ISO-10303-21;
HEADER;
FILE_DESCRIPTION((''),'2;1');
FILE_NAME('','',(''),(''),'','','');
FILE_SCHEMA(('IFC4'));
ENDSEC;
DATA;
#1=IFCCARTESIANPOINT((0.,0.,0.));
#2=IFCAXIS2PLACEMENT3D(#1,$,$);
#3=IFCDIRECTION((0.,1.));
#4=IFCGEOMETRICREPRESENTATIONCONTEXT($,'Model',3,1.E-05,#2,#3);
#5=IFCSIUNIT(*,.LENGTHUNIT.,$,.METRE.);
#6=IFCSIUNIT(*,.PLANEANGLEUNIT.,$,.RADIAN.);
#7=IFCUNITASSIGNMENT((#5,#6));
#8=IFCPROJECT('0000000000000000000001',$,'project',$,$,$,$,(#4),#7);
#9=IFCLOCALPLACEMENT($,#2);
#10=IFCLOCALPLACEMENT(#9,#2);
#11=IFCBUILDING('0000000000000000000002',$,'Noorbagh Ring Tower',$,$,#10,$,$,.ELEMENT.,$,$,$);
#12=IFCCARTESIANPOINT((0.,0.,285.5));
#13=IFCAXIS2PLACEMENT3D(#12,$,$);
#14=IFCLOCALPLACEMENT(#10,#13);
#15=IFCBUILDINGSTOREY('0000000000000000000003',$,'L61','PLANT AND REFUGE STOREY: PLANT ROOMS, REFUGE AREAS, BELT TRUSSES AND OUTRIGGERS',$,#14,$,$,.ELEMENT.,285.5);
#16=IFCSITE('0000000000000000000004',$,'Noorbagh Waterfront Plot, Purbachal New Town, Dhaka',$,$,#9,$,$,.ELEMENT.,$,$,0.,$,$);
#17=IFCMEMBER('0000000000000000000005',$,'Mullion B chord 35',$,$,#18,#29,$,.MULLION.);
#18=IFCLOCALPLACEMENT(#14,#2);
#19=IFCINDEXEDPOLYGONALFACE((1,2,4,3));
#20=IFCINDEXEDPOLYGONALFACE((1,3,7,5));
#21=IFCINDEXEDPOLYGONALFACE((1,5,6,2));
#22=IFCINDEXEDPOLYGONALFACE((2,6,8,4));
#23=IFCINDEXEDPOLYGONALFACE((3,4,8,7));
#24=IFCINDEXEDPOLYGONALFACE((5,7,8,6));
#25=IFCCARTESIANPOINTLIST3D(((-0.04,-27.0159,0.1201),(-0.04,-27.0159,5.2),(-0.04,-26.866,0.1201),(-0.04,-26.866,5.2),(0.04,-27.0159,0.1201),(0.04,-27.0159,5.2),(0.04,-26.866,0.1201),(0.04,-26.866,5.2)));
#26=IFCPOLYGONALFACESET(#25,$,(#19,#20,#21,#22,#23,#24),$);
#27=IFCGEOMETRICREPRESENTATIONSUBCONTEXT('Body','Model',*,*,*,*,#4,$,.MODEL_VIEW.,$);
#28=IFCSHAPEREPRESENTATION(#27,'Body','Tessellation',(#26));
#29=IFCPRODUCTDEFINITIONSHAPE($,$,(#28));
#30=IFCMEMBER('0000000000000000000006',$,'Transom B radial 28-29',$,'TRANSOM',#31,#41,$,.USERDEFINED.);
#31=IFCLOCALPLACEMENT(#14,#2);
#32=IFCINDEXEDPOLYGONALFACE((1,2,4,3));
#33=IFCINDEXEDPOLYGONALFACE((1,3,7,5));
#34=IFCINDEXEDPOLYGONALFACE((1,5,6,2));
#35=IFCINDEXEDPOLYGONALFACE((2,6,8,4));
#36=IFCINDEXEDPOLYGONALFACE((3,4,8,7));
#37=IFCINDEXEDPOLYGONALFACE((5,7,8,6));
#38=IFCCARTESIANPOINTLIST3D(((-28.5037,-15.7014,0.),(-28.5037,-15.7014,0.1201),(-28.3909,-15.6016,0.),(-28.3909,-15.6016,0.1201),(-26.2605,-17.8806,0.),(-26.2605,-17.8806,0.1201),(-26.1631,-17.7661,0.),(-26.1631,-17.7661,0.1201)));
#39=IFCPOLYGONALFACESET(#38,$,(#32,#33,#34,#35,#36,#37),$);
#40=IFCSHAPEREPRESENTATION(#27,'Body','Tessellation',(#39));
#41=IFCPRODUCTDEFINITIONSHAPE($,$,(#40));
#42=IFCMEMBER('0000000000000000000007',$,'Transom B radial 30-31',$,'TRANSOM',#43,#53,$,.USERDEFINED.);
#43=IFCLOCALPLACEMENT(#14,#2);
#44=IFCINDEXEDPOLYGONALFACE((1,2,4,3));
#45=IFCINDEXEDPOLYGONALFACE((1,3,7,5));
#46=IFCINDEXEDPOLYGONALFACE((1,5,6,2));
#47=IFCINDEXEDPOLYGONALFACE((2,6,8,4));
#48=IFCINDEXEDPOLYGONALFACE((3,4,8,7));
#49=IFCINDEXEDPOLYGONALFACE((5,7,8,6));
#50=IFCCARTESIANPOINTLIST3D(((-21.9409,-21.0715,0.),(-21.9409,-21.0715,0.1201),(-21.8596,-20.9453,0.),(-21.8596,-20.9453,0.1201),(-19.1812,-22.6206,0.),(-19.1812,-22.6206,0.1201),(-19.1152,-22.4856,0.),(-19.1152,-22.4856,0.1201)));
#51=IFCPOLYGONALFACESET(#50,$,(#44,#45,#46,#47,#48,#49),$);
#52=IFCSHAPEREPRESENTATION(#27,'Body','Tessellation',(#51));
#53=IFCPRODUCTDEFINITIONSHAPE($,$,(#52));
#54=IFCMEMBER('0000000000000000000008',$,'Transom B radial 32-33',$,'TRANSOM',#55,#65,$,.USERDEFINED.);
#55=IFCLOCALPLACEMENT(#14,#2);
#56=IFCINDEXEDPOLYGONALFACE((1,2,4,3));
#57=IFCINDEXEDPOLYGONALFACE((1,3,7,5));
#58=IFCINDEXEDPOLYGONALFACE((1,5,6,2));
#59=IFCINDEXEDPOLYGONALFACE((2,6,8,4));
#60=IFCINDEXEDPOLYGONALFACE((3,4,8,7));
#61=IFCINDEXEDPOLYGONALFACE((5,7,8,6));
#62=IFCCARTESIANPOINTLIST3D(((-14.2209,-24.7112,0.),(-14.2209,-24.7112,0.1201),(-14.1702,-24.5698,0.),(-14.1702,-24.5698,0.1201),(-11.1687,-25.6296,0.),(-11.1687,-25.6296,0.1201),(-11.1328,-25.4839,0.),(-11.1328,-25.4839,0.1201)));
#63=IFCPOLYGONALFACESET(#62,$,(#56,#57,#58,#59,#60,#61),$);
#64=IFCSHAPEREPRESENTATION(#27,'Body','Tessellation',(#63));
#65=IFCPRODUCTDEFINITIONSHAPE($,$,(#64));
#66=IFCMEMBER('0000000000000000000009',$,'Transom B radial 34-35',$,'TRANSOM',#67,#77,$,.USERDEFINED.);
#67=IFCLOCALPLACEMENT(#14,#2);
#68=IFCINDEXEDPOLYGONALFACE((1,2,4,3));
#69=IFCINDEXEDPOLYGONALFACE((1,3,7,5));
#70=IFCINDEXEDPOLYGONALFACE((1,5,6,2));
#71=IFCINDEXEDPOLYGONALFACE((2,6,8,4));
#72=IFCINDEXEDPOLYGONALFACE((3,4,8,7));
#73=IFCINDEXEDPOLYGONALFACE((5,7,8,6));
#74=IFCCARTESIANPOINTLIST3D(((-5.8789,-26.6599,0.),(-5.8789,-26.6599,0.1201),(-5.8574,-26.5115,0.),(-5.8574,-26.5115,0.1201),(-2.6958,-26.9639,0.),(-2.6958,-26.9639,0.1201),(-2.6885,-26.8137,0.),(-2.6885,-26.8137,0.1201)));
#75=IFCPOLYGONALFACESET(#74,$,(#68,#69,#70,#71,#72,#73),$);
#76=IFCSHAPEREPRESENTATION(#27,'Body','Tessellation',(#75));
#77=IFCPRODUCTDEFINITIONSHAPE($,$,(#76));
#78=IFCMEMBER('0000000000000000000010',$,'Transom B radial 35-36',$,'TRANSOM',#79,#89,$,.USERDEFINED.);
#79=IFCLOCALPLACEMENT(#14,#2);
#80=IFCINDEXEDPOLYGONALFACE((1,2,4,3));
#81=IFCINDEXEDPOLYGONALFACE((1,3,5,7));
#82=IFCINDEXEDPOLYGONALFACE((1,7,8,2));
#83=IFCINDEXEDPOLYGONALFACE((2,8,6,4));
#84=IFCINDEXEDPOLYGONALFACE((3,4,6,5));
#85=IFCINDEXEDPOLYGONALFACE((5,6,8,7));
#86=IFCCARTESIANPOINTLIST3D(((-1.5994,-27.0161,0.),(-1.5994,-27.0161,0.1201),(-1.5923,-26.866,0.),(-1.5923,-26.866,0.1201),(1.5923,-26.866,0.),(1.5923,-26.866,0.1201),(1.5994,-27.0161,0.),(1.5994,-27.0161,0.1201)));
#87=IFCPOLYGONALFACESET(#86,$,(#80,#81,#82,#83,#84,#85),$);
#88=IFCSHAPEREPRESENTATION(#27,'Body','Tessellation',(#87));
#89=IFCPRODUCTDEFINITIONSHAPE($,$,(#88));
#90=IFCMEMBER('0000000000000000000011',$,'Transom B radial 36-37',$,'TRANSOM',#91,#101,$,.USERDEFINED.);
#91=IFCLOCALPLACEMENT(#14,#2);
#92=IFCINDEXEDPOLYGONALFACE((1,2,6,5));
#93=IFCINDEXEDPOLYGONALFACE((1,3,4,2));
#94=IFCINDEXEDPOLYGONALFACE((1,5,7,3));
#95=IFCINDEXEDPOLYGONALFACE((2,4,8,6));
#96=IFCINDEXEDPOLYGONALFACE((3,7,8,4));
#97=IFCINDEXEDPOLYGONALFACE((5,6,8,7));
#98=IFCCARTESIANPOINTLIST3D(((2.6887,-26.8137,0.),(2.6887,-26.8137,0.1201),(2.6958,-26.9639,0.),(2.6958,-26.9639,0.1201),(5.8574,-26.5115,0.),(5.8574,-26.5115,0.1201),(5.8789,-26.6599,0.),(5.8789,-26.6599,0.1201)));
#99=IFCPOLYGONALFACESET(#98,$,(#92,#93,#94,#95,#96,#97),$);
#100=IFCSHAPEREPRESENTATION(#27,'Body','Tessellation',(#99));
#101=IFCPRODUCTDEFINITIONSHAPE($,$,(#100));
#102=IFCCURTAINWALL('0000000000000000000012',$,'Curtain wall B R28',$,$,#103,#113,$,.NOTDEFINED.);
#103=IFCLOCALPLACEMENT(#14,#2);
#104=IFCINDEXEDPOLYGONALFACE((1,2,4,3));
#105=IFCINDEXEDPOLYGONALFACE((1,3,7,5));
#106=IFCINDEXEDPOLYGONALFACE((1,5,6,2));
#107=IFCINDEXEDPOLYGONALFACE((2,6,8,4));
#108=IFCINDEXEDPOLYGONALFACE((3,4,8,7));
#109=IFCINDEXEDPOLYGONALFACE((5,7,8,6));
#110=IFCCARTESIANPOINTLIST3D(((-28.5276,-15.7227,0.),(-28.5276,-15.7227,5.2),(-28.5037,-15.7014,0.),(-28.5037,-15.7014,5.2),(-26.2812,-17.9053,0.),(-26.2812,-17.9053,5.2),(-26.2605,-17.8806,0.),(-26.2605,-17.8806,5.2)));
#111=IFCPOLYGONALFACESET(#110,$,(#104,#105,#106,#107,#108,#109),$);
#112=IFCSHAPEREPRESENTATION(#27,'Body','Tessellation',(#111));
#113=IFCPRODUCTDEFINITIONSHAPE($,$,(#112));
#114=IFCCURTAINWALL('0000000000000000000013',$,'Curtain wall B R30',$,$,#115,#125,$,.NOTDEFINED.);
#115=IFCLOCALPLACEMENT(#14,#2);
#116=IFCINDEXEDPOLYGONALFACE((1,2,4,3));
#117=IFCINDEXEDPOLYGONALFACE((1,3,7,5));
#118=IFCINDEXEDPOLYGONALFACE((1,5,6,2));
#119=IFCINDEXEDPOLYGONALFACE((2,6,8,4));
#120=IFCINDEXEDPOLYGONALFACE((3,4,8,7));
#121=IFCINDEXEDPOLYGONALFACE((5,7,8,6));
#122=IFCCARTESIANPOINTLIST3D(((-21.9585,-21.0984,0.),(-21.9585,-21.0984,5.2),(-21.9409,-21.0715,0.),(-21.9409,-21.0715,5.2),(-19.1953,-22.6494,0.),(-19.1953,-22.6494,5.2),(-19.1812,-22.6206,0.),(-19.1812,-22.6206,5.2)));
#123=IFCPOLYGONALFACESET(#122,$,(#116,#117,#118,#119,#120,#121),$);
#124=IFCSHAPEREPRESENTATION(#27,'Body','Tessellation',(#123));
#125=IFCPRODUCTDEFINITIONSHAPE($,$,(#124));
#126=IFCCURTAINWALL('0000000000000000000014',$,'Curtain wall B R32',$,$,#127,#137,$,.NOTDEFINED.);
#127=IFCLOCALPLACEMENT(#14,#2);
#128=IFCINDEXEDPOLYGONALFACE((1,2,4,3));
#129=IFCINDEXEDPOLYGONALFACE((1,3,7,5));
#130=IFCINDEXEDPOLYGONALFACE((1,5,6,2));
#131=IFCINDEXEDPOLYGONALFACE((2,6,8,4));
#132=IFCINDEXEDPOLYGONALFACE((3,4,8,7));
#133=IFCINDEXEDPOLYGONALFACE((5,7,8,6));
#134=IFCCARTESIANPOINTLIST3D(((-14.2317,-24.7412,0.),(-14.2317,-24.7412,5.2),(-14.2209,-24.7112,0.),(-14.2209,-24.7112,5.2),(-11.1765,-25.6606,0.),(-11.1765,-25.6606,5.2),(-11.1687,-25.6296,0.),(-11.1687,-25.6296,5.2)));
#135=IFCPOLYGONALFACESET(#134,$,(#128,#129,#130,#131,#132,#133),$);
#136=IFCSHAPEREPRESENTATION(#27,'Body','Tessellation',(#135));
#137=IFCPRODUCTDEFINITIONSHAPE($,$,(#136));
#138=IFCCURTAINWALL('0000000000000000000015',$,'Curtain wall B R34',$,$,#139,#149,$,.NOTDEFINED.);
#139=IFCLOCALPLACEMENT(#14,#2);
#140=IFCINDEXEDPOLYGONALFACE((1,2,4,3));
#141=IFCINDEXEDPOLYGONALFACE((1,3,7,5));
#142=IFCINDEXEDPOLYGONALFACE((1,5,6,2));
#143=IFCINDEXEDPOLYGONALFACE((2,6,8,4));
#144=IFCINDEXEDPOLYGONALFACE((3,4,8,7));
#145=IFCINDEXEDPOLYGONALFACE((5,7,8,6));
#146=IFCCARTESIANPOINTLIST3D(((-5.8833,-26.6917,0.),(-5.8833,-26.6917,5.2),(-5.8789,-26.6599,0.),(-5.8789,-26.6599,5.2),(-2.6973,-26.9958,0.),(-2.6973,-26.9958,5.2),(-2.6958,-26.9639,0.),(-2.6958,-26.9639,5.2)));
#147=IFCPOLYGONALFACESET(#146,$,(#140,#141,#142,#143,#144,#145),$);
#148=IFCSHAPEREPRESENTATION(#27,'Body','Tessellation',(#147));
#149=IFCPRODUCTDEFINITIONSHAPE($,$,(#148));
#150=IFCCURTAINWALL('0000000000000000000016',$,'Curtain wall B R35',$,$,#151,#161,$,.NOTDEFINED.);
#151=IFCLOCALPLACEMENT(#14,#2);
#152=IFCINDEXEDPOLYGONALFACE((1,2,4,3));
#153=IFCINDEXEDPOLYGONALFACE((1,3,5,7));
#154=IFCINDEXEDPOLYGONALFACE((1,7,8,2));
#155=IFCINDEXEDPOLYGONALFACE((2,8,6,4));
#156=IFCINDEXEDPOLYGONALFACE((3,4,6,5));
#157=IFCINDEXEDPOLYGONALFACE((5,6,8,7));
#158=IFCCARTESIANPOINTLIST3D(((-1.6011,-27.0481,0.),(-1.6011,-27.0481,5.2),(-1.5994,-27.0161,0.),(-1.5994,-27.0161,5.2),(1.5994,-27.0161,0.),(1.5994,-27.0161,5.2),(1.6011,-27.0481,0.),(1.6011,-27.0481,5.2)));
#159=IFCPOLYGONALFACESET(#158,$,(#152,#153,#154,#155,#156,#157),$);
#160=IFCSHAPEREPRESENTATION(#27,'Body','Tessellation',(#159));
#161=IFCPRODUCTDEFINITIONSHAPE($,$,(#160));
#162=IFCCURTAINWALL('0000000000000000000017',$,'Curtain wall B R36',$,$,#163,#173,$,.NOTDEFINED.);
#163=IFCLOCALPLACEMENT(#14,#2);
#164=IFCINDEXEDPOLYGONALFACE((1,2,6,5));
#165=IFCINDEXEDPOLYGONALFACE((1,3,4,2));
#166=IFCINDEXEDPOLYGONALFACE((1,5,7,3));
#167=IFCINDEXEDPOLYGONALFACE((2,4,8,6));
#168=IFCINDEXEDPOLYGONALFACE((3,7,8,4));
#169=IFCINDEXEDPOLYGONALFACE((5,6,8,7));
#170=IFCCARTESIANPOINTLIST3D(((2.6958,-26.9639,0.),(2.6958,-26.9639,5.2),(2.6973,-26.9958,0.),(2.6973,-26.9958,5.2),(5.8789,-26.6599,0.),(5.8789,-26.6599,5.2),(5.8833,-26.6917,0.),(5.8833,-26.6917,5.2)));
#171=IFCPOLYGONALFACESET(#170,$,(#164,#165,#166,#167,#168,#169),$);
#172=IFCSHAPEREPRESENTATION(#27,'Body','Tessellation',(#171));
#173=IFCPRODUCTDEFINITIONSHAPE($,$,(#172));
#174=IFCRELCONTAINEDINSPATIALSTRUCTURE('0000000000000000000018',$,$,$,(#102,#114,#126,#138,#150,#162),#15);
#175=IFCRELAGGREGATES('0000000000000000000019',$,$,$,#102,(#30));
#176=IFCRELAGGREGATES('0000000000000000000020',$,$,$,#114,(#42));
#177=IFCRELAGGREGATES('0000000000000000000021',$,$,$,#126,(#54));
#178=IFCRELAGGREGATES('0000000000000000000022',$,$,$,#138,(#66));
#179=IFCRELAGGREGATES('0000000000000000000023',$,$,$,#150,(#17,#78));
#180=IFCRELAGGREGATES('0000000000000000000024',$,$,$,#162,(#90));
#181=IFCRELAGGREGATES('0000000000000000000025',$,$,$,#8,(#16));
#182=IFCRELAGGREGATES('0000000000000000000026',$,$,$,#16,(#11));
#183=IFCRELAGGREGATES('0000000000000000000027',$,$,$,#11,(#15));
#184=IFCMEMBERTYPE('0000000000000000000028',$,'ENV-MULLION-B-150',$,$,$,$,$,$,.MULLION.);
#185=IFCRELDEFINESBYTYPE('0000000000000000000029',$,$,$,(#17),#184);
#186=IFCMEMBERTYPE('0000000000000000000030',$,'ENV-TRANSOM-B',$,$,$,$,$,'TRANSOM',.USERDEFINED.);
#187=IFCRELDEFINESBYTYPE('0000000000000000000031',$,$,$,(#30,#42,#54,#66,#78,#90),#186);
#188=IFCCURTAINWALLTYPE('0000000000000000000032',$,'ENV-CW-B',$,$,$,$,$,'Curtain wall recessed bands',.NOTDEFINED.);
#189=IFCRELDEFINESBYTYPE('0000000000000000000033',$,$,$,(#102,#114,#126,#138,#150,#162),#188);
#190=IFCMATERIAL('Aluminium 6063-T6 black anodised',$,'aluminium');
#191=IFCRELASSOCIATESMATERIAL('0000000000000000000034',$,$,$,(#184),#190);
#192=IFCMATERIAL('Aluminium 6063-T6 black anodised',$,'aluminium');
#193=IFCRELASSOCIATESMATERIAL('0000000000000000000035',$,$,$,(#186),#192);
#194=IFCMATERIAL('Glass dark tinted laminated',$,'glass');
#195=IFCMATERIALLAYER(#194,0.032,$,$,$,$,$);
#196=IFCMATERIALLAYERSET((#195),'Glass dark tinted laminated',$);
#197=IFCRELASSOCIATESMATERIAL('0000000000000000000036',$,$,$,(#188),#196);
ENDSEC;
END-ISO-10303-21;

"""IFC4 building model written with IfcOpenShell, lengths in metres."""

from ifc_helpers import new_model, si_unit, direction, frame, origin, origin_2d, place, context, subcontext, project, spatial, polyline, rectangle, outline, extrude, material, layer, layer_set, material_profile, profile_set, type_object, element, aggregate, save


model = new_model("IFC4")

# Units and contexts
model_context = context("Model", 3, precision=1e-05, world=origin(), true_north=direction((0.0, 1.0)))
body_context = subcontext(model_context, "Body", "Model", "MODEL_VIEW")
ifc_project = project(units=[si_unit("LENGTHUNIT", "METRE"), si_unit("PLANEANGLEUNIT", "RADIAN")], contexts=[model_context])

# Members
ifc_material_1 = material(Name="Aluminium 6063-T6 black anodised", Category="aluminium")
ifc_material_profile = material_profile(ifc_material_1, rectangle(XDim=0.1499, YDim=0.0801, at=origin_2d()), Name="150x80")
ifc_profile_set = profile_set([ifc_material_profile], Name="Aluminium 6063-T6 black anodised")
member_type_1 = type_object("IfcMemberType", Name="ENV-MULLION-B-150", PredefinedType="MULLION", material=ifc_profile_set)
site_placement = place(None, origin())
building_placement = place(site_placement, origin())
storey_placement = place(building_placement, frame((0.0, 0.0, 285.5)))
member_1_placement = place(storey_placement, frame((0.0, -26.9409, 0.1201), z_axis=(0.0, 0.0, 1.0), x_axis=(0.0, 1.0, 0.0)))
member_1 = element("IfcMember", 1, at=member_1_placement, type_object=member_type_1, Name="Mullion B chord 35", PredefinedType="MULLION", context=body_context, shape_type="SweptSolid", body=[
    extrude(rectangle(XDim=0.1499, YDim=0.0801, at=origin_2d()), origin(), (0.0, 0.0, 1.0), 5.0798),
])
ifc_material_2 = material(Name="Aluminium 6063-T6 black anodised", Category="aluminium")
member_type_2 = type_object("IfcMemberType", Name="ENV-TRANSOM-B", ElementType="TRANSOM", PredefinedType="USERDEFINED", material=ifc_material_2)
member_2_placement = place(storey_placement, origin())
member_2 = element("IfcMember", 2, at=member_2_placement, type_object=member_type_2, Name="Transom B radial 28-29", ObjectType="TRANSOM", PredefinedType="USERDEFINED", context=body_context, shape_type="SweptSolid", body=[
    extrude(outline(polyline([(-28.5037, -15.7014), (-26.2605, -17.8806), (-26.1631, -17.7661), (-28.3909, -15.6016), (-28.5037, -15.7014)])), origin(), (0.0, 0.0, 1.0), 0.1201),
])
member_3_placement = place(storey_placement, origin())
member_3 = element("IfcMember", 3, at=member_3_placement, type_object=member_type_2, Name="Transom B radial 30-31", ObjectType="TRANSOM", PredefinedType="USERDEFINED", context=body_context, shape_type="SweptSolid", body=[
    extrude(outline(polyline([(-21.9409, -21.0715), (-19.1812, -22.6206), (-19.1152, -22.4856), (-21.8596, -20.9453), (-21.9409, -21.0715)])), origin(), (0.0, 0.0, 1.0), 0.1201),
])
member_4_placement = place(storey_placement, origin())
member_4 = element("IfcMember", 4, at=member_4_placement, type_object=member_type_2, Name="Transom B radial 32-33", ObjectType="TRANSOM", PredefinedType="USERDEFINED", context=body_context, shape_type="SweptSolid", body=[
    extrude(outline(polyline([(-14.2209, -24.7112), (-11.1687, -25.6296), (-11.1328, -25.4839), (-14.1702, -24.5698), (-14.2209, -24.7112)])), origin(), (0.0, 0.0, 1.0), 0.1201),
])
member_5_placement = place(storey_placement, origin())
member_5 = element("IfcMember", 5, at=member_5_placement, type_object=member_type_2, Name="Transom B radial 34-35", ObjectType="TRANSOM", PredefinedType="USERDEFINED", context=body_context, shape_type="SweptSolid", body=[
    extrude(outline(polyline([(-5.8789, -26.6599), (-2.6958, -26.9639), (-2.6885, -26.8137), (-5.8574, -26.5115), (-5.8789, -26.6599)])), origin(), (0.0, 0.0, 1.0), 0.1201),
])
member_6_placement = place(storey_placement, origin())
member_6 = element("IfcMember", 6, at=member_6_placement, type_object=member_type_2, Name="Transom B radial 35-36", ObjectType="TRANSOM", PredefinedType="USERDEFINED", context=body_context, shape_type="SweptSolid", body=[
    extrude(outline(polyline([(-1.5994, -27.0161), (1.5994, -27.0161), (1.5923, -26.866), (-1.5923, -26.866), (-1.5994, -27.0161)])), origin(), (0.0, 0.0, 1.0), 0.1201),
])
member_7_placement = place(storey_placement, origin())
member_7 = element("IfcMember", 7, at=member_7_placement, type_object=member_type_2, Name="Transom B radial 36-37", ObjectType="TRANSOM", PredefinedType="USERDEFINED", context=body_context, shape_type="SweptSolid", body=[
    extrude(outline(polyline([(2.6958, -26.9639), (5.8789, -26.6599), (5.8574, -26.5115), (2.6887, -26.8137), (2.6958, -26.9639)])), origin(), (0.0, 0.0, 1.0), 0.1201),
])

# Site, building, storey
site = spatial("IfcSite", under=ifc_project, at=site_placement, Name="Noorbagh Waterfront Plot, Purbachal New Town, Dhaka", CompositionType="ELEMENT", RefElevation=0.0)
building = spatial("IfcBuilding", under=site, at=building_placement, Name="Noorbagh Ring Tower", CompositionType="ELEMENT")
storey = spatial("IfcBuildingStorey", under=building, at=storey_placement, Name="L61", Description="PLANT AND REFUGE STOREY: PLANT ROOMS, REFUGE AREAS, BELT TRUSSES AND OUTRIGGERS", CompositionType="ELEMENT", Elevation=285.5)

# Curtain walls
ifc_material_3 = material(Name="Glass dark tinted laminated", Category="glass")
ifc_layer = layer(ifc_material_3, 0.032)
ifc_layer_set = layer_set([ifc_layer], Name="Glass dark tinted laminated")
curtain_wall_type = type_object("IfcCurtainWallType", Name="ENV-CW-B", ElementType="Curtain wall recessed bands", PredefinedType="NOTDEFINED", material=ifc_layer_set)
curtain_wall_1_placement = place(storey_placement, origin())
curtain_wall_1 = element("IfcCurtainWall", 8, at=curtain_wall_1_placement, inside=storey, type_object=curtain_wall_type, Name="Curtain wall B R28", PredefinedType="NOTDEFINED", context=body_context, shape_type="SweptSolid", body=[
    extrude(outline(polyline([(-28.5276, -15.7227), (-26.2812, -17.9053), (-26.2605, -17.8806), (-28.5037, -15.7014), (-28.5276, -15.7227)])), origin(), (0.0, 0.0, 1.0), 5.2),
])
aggregate(curtain_wall_1, [member_2])
curtain_wall_2_placement = place(storey_placement, origin())
curtain_wall_2 = element("IfcCurtainWall", 9, at=curtain_wall_2_placement, inside=storey, type_object=curtain_wall_type, Name="Curtain wall B R30", PredefinedType="NOTDEFINED", context=body_context, shape_type="SweptSolid", body=[
    extrude(outline(polyline([(-21.9585, -21.0984), (-19.1953, -22.6494), (-19.1812, -22.6206), (-21.9409, -21.0715), (-21.9585, -21.0984)])), origin(), (0.0, 0.0, 1.0), 5.2),
])
aggregate(curtain_wall_2, [member_3])
curtain_wall_3_placement = place(storey_placement, origin())
curtain_wall_3 = element("IfcCurtainWall", 10, at=curtain_wall_3_placement, inside=storey, type_object=curtain_wall_type, Name="Curtain wall B R32", PredefinedType="NOTDEFINED", context=body_context, shape_type="SweptSolid", body=[
    extrude(outline(polyline([(-14.2317, -24.7412), (-11.1765, -25.6606), (-11.1687, -25.6296), (-14.2209, -24.7112), (-14.2317, -24.7412)])), origin(), (0.0, 0.0, 1.0), 5.2),
])
aggregate(curtain_wall_3, [member_4])
curtain_wall_4_placement = place(storey_placement, origin())
curtain_wall_4 = element("IfcCurtainWall", 11, at=curtain_wall_4_placement, inside=storey, type_object=curtain_wall_type, Name="Curtain wall B R34", PredefinedType="NOTDEFINED", context=body_context, shape_type="SweptSolid", body=[
    extrude(outline(polyline([(-5.8833, -26.6917), (-2.6973, -26.9958), (-2.6958, -26.9639), (-5.8789, -26.6599), (-5.8833, -26.6917)])), origin(), (0.0, 0.0, 1.0), 5.2),
])
aggregate(curtain_wall_4, [member_5])
curtain_wall_5_placement = place(storey_placement, origin())
curtain_wall_5 = element("IfcCurtainWall", 12, at=curtain_wall_5_placement, inside=storey, type_object=curtain_wall_type, Name="Curtain wall B R35", PredefinedType="NOTDEFINED", context=body_context, shape_type="SweptSolid", body=[
    extrude(outline(polyline([(-1.6011, -27.0481), (1.6011, -27.0481), (1.5994, -27.0161), (-1.5994, -27.0161), (-1.6011, -27.0481)])), origin(), (0.0, 0.0, 1.0), 5.2),
])
aggregate(curtain_wall_5, [member_1, member_6])
curtain_wall_6_placement = place(storey_placement, origin())
curtain_wall_6 = element("IfcCurtainWall", 13, at=curtain_wall_6_placement, inside=storey, type_object=curtain_wall_type, Name="Curtain wall B R36", PredefinedType="NOTDEFINED", context=body_context, shape_type="SweptSolid", body=[
    extrude(outline(polyline([(2.6973, -26.9958), (5.8833, -26.6917), (5.8789, -26.6599), (2.6958, -26.9639), (2.6973, -26.9958)])), origin(), (0.0, 0.0, 1.0), 5.2),
])
aggregate(curtain_wall_6, [member_7])

save(model, "model.ifc")
